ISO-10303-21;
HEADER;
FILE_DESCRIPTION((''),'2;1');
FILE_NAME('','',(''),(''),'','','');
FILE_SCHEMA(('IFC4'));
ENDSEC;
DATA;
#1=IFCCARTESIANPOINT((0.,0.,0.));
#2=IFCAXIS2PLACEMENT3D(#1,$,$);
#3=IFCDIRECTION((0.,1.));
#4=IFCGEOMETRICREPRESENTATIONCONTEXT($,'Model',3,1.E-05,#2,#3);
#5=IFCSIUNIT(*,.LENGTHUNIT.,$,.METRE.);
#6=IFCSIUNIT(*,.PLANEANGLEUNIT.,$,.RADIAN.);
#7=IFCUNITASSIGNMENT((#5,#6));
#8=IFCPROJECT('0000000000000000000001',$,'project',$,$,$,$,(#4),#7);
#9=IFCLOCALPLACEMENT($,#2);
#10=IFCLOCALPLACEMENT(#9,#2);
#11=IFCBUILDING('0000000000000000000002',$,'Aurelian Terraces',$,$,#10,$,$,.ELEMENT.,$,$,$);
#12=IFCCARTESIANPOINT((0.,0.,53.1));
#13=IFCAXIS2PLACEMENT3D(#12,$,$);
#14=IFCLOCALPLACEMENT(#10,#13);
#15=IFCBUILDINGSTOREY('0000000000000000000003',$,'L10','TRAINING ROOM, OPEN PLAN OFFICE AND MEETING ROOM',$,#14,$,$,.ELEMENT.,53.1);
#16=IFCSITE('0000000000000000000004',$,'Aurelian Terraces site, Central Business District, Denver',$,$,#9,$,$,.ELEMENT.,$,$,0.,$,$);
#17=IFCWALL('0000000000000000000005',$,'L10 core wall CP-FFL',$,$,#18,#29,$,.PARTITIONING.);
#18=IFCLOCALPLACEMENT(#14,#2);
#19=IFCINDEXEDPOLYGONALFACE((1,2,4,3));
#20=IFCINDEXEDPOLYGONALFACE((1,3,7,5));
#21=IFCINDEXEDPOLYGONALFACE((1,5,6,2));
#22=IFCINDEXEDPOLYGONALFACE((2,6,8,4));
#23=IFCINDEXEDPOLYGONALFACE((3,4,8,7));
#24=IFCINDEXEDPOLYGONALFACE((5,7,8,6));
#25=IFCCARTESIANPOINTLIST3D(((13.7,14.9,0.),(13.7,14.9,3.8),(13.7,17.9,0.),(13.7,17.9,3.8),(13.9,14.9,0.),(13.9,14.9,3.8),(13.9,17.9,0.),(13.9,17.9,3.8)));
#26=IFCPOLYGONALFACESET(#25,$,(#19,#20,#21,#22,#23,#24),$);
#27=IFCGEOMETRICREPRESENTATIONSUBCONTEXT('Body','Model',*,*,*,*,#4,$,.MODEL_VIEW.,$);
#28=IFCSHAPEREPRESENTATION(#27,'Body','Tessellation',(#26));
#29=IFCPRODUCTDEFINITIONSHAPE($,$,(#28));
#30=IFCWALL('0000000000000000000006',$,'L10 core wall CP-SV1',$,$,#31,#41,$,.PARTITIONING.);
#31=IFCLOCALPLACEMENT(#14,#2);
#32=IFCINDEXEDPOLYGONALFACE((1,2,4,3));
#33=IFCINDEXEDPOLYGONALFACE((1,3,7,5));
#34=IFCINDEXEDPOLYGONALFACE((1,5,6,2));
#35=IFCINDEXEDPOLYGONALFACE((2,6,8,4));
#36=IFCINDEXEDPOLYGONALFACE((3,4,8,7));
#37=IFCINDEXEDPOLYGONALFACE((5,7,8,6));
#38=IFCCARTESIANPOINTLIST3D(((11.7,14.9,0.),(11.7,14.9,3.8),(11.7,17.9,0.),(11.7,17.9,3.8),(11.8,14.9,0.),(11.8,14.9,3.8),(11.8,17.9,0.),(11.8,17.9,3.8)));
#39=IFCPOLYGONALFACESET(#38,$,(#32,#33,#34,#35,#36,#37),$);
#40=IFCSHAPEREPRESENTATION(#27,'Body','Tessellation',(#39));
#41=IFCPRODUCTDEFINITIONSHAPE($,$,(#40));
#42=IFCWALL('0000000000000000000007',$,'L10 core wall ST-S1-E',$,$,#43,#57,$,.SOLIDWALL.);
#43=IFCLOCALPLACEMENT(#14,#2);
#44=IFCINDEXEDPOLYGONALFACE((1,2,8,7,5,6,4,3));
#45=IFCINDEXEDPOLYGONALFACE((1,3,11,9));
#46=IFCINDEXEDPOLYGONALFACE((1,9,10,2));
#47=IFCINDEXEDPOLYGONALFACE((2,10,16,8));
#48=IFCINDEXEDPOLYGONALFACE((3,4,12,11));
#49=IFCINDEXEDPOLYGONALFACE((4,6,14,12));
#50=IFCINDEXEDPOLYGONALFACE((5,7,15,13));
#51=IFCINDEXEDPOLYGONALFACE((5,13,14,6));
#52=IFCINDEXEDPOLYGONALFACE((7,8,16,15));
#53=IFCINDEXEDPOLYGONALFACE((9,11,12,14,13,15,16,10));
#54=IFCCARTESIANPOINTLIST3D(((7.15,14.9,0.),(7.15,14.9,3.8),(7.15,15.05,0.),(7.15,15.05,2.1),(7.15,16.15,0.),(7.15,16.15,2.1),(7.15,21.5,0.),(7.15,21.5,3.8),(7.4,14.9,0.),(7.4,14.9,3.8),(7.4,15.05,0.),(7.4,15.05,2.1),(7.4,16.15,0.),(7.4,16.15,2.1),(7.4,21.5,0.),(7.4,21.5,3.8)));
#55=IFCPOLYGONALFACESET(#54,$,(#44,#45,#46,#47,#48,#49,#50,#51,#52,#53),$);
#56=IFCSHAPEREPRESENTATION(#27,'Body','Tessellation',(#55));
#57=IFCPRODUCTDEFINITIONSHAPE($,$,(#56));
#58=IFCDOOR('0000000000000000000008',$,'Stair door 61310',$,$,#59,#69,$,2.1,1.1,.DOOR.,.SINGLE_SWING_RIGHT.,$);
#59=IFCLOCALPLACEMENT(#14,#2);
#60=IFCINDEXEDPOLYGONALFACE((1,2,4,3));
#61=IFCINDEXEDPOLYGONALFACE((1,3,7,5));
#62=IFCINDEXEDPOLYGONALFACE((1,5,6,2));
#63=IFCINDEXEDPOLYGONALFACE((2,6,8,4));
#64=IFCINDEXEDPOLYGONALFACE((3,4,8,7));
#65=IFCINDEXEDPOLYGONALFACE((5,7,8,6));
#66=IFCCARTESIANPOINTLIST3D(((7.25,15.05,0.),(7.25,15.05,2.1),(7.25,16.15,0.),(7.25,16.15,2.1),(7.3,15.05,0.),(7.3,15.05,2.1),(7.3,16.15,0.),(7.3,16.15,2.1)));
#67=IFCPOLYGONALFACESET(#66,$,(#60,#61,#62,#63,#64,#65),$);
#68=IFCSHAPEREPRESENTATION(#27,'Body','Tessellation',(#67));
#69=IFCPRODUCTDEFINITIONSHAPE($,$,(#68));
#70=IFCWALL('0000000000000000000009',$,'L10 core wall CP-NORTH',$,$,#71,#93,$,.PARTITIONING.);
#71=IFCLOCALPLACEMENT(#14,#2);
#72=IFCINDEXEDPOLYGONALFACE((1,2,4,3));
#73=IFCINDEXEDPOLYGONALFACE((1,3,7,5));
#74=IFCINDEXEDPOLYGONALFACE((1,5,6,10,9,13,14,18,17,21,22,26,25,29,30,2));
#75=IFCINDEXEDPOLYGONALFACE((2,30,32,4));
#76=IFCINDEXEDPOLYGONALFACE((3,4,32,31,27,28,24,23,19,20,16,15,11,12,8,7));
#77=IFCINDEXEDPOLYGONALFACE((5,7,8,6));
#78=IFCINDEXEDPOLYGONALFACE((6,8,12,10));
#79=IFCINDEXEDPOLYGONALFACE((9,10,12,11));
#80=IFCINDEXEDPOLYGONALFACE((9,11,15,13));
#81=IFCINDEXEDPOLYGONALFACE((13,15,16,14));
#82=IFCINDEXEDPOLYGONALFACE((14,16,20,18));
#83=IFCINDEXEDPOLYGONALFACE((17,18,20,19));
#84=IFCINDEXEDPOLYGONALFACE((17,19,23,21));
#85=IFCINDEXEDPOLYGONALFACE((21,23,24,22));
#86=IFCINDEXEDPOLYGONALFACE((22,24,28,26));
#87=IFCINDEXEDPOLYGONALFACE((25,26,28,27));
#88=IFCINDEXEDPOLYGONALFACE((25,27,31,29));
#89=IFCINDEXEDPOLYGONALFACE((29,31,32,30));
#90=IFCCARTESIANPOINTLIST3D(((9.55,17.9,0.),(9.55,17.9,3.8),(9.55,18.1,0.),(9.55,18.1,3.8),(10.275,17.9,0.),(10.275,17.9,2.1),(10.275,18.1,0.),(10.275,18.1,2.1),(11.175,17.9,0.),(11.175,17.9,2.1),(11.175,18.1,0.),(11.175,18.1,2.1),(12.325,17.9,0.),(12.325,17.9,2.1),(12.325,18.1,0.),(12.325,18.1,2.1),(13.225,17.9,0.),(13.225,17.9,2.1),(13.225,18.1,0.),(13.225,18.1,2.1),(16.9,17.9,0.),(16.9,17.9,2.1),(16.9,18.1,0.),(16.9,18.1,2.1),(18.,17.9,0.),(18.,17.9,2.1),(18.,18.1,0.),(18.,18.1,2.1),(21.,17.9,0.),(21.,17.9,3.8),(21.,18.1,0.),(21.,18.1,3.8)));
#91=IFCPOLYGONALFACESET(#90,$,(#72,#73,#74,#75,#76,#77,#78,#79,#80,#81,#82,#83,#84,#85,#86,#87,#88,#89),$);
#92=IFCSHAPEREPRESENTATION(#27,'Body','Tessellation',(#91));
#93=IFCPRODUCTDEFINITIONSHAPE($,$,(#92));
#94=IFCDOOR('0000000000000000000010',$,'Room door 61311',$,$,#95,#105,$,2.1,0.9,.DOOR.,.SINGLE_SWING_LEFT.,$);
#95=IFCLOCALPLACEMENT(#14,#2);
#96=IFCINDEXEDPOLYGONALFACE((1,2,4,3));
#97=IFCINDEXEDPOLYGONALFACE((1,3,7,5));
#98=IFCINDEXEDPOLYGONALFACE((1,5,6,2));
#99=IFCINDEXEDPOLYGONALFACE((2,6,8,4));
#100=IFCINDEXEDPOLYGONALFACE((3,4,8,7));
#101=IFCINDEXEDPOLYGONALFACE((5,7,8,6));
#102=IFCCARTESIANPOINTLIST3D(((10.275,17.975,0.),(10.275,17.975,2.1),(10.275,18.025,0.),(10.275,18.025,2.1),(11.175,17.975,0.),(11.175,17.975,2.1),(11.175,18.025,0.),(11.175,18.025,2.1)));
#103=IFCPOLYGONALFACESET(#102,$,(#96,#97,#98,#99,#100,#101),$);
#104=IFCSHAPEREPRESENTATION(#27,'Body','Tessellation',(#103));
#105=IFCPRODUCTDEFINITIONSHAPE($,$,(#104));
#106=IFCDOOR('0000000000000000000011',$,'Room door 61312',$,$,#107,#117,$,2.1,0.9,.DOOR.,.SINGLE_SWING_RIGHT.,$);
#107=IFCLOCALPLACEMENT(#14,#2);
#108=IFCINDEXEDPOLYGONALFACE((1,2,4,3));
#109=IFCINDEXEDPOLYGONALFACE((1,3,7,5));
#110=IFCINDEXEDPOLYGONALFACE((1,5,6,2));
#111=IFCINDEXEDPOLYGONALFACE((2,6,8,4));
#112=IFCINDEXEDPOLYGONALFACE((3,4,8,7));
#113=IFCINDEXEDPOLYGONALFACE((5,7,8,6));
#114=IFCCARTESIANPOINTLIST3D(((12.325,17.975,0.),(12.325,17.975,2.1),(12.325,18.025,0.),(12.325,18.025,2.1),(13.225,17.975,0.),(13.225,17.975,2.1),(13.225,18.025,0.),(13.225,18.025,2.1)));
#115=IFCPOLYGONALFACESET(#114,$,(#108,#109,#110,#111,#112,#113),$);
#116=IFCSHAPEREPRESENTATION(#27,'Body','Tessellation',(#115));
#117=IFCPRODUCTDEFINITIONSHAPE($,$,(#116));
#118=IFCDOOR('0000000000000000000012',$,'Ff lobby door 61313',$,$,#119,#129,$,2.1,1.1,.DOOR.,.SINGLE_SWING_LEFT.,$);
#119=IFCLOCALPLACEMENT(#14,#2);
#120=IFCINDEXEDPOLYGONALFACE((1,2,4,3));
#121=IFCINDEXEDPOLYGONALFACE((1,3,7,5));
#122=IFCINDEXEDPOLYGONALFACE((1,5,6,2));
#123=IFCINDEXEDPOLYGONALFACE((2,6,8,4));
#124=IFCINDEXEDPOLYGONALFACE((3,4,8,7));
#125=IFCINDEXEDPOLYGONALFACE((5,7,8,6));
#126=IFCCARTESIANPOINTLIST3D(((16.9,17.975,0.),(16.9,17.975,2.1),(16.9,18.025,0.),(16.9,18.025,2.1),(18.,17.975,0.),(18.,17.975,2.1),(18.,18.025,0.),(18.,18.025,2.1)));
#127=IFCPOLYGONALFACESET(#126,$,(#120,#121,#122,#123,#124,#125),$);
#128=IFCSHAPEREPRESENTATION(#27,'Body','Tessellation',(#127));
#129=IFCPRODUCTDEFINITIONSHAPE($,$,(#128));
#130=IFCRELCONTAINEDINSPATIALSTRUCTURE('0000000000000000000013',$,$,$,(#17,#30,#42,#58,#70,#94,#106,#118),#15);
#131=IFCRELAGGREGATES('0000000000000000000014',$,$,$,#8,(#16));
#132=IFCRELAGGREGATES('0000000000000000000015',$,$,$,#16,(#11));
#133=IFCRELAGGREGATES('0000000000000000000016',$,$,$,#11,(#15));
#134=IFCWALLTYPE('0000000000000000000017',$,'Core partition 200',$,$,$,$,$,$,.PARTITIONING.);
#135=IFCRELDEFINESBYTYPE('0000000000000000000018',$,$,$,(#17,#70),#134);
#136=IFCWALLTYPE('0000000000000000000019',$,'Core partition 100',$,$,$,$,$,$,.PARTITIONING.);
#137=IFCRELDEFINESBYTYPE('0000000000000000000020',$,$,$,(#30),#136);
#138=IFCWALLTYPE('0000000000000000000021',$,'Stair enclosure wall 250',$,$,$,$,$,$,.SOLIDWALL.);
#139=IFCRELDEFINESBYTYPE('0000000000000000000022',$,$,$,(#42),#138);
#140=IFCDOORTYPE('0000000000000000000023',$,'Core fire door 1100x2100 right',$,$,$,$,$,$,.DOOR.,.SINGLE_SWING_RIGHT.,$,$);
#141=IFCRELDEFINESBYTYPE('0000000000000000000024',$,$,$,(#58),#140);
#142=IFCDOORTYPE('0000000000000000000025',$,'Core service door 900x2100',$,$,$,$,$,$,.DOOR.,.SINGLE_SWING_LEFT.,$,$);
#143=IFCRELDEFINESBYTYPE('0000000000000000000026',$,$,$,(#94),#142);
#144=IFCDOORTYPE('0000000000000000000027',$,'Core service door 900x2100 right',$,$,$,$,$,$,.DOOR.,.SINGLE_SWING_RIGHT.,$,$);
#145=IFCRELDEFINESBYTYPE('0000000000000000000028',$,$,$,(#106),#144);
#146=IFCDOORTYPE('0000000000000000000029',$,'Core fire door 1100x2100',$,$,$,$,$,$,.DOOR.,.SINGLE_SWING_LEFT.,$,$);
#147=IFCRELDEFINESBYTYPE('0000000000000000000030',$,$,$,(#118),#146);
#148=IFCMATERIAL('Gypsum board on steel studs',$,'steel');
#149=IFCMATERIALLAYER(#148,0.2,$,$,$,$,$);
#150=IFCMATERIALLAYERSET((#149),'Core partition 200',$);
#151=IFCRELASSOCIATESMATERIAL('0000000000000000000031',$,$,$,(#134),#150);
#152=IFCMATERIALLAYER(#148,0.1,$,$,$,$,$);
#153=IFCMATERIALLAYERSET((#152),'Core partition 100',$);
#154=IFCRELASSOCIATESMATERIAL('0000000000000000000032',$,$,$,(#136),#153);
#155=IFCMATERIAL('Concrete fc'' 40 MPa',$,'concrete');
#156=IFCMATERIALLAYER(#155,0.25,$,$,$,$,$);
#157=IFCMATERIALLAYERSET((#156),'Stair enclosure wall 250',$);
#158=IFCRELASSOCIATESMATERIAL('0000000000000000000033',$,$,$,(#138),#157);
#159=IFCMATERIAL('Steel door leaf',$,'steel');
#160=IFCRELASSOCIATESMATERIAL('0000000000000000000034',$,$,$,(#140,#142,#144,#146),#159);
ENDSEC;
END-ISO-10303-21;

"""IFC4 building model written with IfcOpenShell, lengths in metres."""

from ifc_helpers import new_model, si_unit, direction, frame, frame_2d, origin, place, context, subcontext, project, spatial, rectangle, extrude, source, transform, mapped, material, layer, layer_set, type_object, element, fill, save


model = new_model("IFC4")

# Units and contexts
model_context = context("Model", 3, precision=1e-05, world=origin(), true_north=direction((0.0, 1.0)))
body_context = subcontext(model_context, "Body", "Model", "MODEL_VIEW")
ifc_project = project(units=[si_unit("LENGTHUNIT", "METRE"), si_unit("PLANEANGLEUNIT", "RADIAN")], contexts=[model_context])

# Site, building, storey
site_placement = place(None, origin())
site = spatial("IfcSite", under=ifc_project, at=site_placement, Name="Aurelian Terraces site, Central Business District, Denver", CompositionType="ELEMENT", RefElevation=0.0)
building_placement = place(site_placement, origin())
building = spatial("IfcBuilding", under=site, at=building_placement, Name="Aurelian Terraces", CompositionType="ELEMENT")
storey_placement = place(building_placement, frame((0.0, 0.0, 53.1)))
storey = spatial("IfcBuildingStorey", under=building, at=storey_placement, Name="L10", Description="TRAINING ROOM, OPEN PLAN OFFICE AND MEETING ROOM", CompositionType="ELEMENT", Elevation=53.1)

# Shared definitions
ifc_material_1 = material(Name="Steel door leaf", Category="steel")

# Shared definitions
ifc_material_2 = material(Name="Concrete fc' 40 MPa", Category="concrete")

# Shared definitions
shared_shape_1 = source(origin(), body_context, "Body", "SweptSolid", [
    extrude(rectangle(XDim=1.1, YDim=2.1, at=frame_2d((0.55, 1.05))), frame((0.0, 0.11, 0.0), z_axis=(0.0, -1.0, 0.0), x_axis=(1.0, 0.0, 0.0)), (0.0, 0.0, 1.0), 0.22),
])
shared_shape_2 = source(origin(), body_context, "Body", "SweptSolid", [
    extrude(rectangle(XDim=1.1, YDim=2.1, at=frame_2d((0.55, 1.05))), frame((0.0, 0.025, 0.0), z_axis=(0.0, -1.0, 0.0), x_axis=(1.0, 0.0, 0.0)), (0.0, 0.0, 1.0), 0.05),
])

# Walls
ifc_material_3 = material(Name="Gypsum board on steel studs", Category="steel")
ifc_layer_1 = layer(ifc_material_3, 0.2)
ifc_layer_set_1 = layer_set([ifc_layer_1], Name="Core partition 200")
wall_type_1 = type_object("IfcWallType", Name="Core partition 200", PredefinedType="PARTITIONING", material=ifc_layer_set_1)
shared_shape_3 = source(origin(), body_context, "Body", "SweptSolid", [
    extrude(rectangle(XDim=3.0, YDim=0.2, at=frame_2d((1.5, 0.0))), origin(), (0.0, 0.0, 1.0), 3.8),
])
for number, where, z_axis, x_axis, name in (
    (1, (13.8, 14.9, 0.0), (0.0, 0.0, 1.0), (0.0, 1.0, 0.0), "L10 core wall CP-FFL"),
):
    element("IfcWall", number, at=place(storey_placement, frame(where, z_axis=z_axis, x_axis=x_axis)), inside=storey, type_object=wall_type_1, Name=name, PredefinedType="PARTITIONING", context=body_context, shape_type="MappedRepresentation", body=[
        mapped(shared_shape_3, transform((0.0, 0.0, 0.0), scale=1.0)),
    ])
ifc_layer_2 = layer(ifc_material_3, 0.1)
ifc_layer_set_2 = layer_set([ifc_layer_2], Name="Core partition 100")
wall_type_2 = type_object("IfcWallType", Name="Core partition 100", PredefinedType="PARTITIONING", material=ifc_layer_set_2)
shared_shape_4 = source(origin(), body_context, "Body", "SweptSolid", [
    extrude(rectangle(XDim=3.0, YDim=0.1, at=frame_2d((1.5, 0.0))), origin(), (0.0, 0.0, 1.0), 3.8),
])
wall_1_placement = place(storey_placement, frame((11.75, 14.9, 0.0), z_axis=(0.0, 0.0, 1.0), x_axis=(0.0, 1.0, 0.0)))
element("IfcWall", 2, at=wall_1_placement, inside=storey, type_object=wall_type_2, Name="L10 core wall CP-SV1", PredefinedType="PARTITIONING", context=body_context, shape_type="MappedRepresentation", body=[
    mapped(shared_shape_4, transform((0.0, 0.0, 0.0), scale=1.0)),
])

# Wall, opening, door
ifc_layer_3 = layer(ifc_material_2, 0.25)
ifc_layer_set_3 = layer_set([ifc_layer_3], Name="Stair enclosure wall 250")
wall_type_3 = type_object("IfcWallType", Name="Stair enclosure wall 250", PredefinedType="SOLIDWALL", material=ifc_layer_set_3)
shared_shape_5 = source(origin(), body_context, "Body", "SweptSolid", [
    extrude(rectangle(XDim=6.6, YDim=0.25, at=frame_2d((3.3, 0.0))), origin(), (0.0, 0.0, 1.0), 3.8),
])
wall_2_placement = place(storey_placement, frame((7.275, 14.9, 0.0), z_axis=(0.0, 0.0, 1.0), x_axis=(0.0, 1.0, 0.0)))
wall_2 = element("IfcWall", 3, at=wall_2_placement, inside=storey, type_object=wall_type_3, Name="L10 core wall ST-S1-E", PredefinedType="SOLIDWALL", context=body_context, shape_type="MappedRepresentation", body=[
    mapped(shared_shape_5, transform((0.0, 0.0, 0.0), scale=1.0)),
])
shared_shape_6 = source(origin(), body_context, "Body", "SweptSolid", [
    extrude(rectangle(XDim=1.1, YDim=2.1, at=frame_2d((0.55, 1.05))), frame((0.0, 0.135, 0.0), z_axis=(0.0, -1.0, 0.0), x_axis=(1.0, 0.0, 0.0)), (0.0, 0.0, 1.0), 0.27),
])
opening_1_placement = place(wall_2_placement, frame((0.15, 0.0, 0.0)))
opening_1 = element("IfcOpeningElement", 4, at=opening_1_placement, cuts=wall_2, PredefinedType="OPENING", context=body_context, shape_type="MappedRepresentation", body=[
    mapped(shared_shape_6, transform((0.0, 0.0, 0.0), scale=1.0)),
])
door_type_1 = type_object("IfcDoorType", Name="Core fire door 1100x2100 right", OperationType="SINGLE_SWING_RIGHT", PredefinedType="DOOR", material=ifc_material_1)
door_1_placement = place(opening_1_placement, origin())
door_1 = element("IfcDoor", 5, at=door_1_placement, inside=storey, type_object=door_type_1, Name="Stair door 61310", OperationType="SINGLE_SWING_RIGHT", OverallHeight=2.1, OverallWidth=1.1, PredefinedType="DOOR", context=body_context, shape_type="MappedRepresentation", body=[
    mapped(shared_shape_2, transform((0.0, 0.0, 0.0), scale=1.0)),
])
fill(opening_1, door_1)

# Wall, openings, doors
shared_shape_7 = source(origin(), body_context, "Body", "SweptSolid", [
    extrude(rectangle(XDim=11.45, YDim=0.2, at=frame_2d((5.725, 0.0))), origin(), (0.0, 0.0, 1.0), 3.8),
])
wall_3_placement = place(storey_placement, frame((9.55, 18.0, 0.0), z_axis=(0.0, 0.0, 1.0), x_axis=(1.0, 0.0, 0.0)))
wall_3 = element("IfcWall", 6, at=wall_3_placement, inside=storey, type_object=wall_type_1, Name="L10 core wall CP-NORTH", PredefinedType="PARTITIONING", context=body_context, shape_type="MappedRepresentation", body=[
    mapped(shared_shape_7, transform((0.0, 0.0, 0.0), scale=1.0)),
])
shared_shape_8 = source(origin(), body_context, "Body", "SweptSolid", [
    extrude(rectangle(XDim=0.9, YDim=2.1, at=frame_2d((0.45, 1.05))), frame((0.0, 0.11, 0.0), z_axis=(0.0, -1.0, 0.0), x_axis=(1.0, 0.0, 0.0)), (0.0, 0.0, 1.0), 0.22),
])
opening_2_placement = place(wall_3_placement, frame((0.725, 0.0, 0.0)))
opening_2 = element("IfcOpeningElement", 7, at=opening_2_placement, cuts=wall_3, PredefinedType="OPENING", context=body_context, shape_type="MappedRepresentation", body=[
    mapped(shared_shape_8, transform((0.0, 0.0, 0.0), scale=1.0)),
])
opening_3_placement = place(wall_3_placement, frame((2.775, 0.0, 0.0)))
opening_3 = element("IfcOpeningElement", 8, at=opening_3_placement, cuts=wall_3, PredefinedType="OPENING", context=body_context, shape_type="MappedRepresentation", body=[
    mapped(shared_shape_8, transform((0.0, 0.0, 0.0), scale=1.0)),
])
opening_4_placement = place(wall_3_placement, frame((7.35, 0.0, 0.0)))
opening_4 = element("IfcOpeningElement", 9, at=opening_4_placement, cuts=wall_3, PredefinedType="OPENING", context=body_context, shape_type="MappedRepresentation", body=[
    mapped(shared_shape_1, transform((0.0, 0.0, 0.0), scale=1.0)),
])
door_type_2 = type_object("IfcDoorType", Name="Core service door 900x2100", OperationType="SINGLE_SWING_LEFT", PredefinedType="DOOR", material=ifc_material_1)
shared_shape_9 = source(origin(), body_context, "Body", "SweptSolid", [
    extrude(rectangle(XDim=0.9, YDim=2.1, at=frame_2d((0.45, 1.05))), frame((0.0, 0.025, 0.0), z_axis=(0.0, -1.0, 0.0), x_axis=(1.0, 0.0, 0.0)), (0.0, 0.0, 1.0), 0.05),
])
door_2_placement = place(opening_2_placement, origin())
door_2 = element("IfcDoor", 10, at=door_2_placement, inside=storey, type_object=door_type_2, Name="Room door 61311", OperationType="SINGLE_SWING_LEFT", OverallHeight=2.1, OverallWidth=0.9, PredefinedType="DOOR", context=body_context, shape_type="MappedRepresentation", body=[
    mapped(shared_shape_9, transform((0.0, 0.0, 0.0), scale=1.0)),
])
fill(opening_2, door_2)
door_type_3 = type_object("IfcDoorType", Name="Core service door 900x2100 right", OperationType="SINGLE_SWING_RIGHT", PredefinedType="DOOR", material=ifc_material_1)
door_3_placement = place(opening_3_placement, origin())
door_3 = element("IfcDoor", 11, at=door_3_placement, inside=storey, type_object=door_type_3, Name="Room door 61312", OperationType="SINGLE_SWING_RIGHT", OverallHeight=2.1, OverallWidth=0.9, PredefinedType="DOOR", context=body_context, shape_type="MappedRepresentation", body=[
    mapped(shared_shape_9, transform((0.0, 0.0, 0.0), scale=1.0)),
])
fill(opening_3, door_3)
door_type_4 = type_object("IfcDoorType", Name="Core fire door 1100x2100", OperationType="SINGLE_SWING_LEFT", PredefinedType="DOOR", material=ifc_material_1)
door_4_placement = place(opening_4_placement, origin())
door_4 = element("IfcDoor", 12, at=door_4_placement, inside=storey, type_object=door_type_4, Name="Ff lobby door 61313", OperationType="SINGLE_SWING_LEFT", OverallHeight=2.1, OverallWidth=1.1, PredefinedType="DOOR", context=body_context, shape_type="MappedRepresentation", body=[
    mapped(shared_shape_2, transform((0.0, 0.0, 0.0), scale=1.0)),
])
fill(opening_4, door_4)

save(model, "model.ifc")
